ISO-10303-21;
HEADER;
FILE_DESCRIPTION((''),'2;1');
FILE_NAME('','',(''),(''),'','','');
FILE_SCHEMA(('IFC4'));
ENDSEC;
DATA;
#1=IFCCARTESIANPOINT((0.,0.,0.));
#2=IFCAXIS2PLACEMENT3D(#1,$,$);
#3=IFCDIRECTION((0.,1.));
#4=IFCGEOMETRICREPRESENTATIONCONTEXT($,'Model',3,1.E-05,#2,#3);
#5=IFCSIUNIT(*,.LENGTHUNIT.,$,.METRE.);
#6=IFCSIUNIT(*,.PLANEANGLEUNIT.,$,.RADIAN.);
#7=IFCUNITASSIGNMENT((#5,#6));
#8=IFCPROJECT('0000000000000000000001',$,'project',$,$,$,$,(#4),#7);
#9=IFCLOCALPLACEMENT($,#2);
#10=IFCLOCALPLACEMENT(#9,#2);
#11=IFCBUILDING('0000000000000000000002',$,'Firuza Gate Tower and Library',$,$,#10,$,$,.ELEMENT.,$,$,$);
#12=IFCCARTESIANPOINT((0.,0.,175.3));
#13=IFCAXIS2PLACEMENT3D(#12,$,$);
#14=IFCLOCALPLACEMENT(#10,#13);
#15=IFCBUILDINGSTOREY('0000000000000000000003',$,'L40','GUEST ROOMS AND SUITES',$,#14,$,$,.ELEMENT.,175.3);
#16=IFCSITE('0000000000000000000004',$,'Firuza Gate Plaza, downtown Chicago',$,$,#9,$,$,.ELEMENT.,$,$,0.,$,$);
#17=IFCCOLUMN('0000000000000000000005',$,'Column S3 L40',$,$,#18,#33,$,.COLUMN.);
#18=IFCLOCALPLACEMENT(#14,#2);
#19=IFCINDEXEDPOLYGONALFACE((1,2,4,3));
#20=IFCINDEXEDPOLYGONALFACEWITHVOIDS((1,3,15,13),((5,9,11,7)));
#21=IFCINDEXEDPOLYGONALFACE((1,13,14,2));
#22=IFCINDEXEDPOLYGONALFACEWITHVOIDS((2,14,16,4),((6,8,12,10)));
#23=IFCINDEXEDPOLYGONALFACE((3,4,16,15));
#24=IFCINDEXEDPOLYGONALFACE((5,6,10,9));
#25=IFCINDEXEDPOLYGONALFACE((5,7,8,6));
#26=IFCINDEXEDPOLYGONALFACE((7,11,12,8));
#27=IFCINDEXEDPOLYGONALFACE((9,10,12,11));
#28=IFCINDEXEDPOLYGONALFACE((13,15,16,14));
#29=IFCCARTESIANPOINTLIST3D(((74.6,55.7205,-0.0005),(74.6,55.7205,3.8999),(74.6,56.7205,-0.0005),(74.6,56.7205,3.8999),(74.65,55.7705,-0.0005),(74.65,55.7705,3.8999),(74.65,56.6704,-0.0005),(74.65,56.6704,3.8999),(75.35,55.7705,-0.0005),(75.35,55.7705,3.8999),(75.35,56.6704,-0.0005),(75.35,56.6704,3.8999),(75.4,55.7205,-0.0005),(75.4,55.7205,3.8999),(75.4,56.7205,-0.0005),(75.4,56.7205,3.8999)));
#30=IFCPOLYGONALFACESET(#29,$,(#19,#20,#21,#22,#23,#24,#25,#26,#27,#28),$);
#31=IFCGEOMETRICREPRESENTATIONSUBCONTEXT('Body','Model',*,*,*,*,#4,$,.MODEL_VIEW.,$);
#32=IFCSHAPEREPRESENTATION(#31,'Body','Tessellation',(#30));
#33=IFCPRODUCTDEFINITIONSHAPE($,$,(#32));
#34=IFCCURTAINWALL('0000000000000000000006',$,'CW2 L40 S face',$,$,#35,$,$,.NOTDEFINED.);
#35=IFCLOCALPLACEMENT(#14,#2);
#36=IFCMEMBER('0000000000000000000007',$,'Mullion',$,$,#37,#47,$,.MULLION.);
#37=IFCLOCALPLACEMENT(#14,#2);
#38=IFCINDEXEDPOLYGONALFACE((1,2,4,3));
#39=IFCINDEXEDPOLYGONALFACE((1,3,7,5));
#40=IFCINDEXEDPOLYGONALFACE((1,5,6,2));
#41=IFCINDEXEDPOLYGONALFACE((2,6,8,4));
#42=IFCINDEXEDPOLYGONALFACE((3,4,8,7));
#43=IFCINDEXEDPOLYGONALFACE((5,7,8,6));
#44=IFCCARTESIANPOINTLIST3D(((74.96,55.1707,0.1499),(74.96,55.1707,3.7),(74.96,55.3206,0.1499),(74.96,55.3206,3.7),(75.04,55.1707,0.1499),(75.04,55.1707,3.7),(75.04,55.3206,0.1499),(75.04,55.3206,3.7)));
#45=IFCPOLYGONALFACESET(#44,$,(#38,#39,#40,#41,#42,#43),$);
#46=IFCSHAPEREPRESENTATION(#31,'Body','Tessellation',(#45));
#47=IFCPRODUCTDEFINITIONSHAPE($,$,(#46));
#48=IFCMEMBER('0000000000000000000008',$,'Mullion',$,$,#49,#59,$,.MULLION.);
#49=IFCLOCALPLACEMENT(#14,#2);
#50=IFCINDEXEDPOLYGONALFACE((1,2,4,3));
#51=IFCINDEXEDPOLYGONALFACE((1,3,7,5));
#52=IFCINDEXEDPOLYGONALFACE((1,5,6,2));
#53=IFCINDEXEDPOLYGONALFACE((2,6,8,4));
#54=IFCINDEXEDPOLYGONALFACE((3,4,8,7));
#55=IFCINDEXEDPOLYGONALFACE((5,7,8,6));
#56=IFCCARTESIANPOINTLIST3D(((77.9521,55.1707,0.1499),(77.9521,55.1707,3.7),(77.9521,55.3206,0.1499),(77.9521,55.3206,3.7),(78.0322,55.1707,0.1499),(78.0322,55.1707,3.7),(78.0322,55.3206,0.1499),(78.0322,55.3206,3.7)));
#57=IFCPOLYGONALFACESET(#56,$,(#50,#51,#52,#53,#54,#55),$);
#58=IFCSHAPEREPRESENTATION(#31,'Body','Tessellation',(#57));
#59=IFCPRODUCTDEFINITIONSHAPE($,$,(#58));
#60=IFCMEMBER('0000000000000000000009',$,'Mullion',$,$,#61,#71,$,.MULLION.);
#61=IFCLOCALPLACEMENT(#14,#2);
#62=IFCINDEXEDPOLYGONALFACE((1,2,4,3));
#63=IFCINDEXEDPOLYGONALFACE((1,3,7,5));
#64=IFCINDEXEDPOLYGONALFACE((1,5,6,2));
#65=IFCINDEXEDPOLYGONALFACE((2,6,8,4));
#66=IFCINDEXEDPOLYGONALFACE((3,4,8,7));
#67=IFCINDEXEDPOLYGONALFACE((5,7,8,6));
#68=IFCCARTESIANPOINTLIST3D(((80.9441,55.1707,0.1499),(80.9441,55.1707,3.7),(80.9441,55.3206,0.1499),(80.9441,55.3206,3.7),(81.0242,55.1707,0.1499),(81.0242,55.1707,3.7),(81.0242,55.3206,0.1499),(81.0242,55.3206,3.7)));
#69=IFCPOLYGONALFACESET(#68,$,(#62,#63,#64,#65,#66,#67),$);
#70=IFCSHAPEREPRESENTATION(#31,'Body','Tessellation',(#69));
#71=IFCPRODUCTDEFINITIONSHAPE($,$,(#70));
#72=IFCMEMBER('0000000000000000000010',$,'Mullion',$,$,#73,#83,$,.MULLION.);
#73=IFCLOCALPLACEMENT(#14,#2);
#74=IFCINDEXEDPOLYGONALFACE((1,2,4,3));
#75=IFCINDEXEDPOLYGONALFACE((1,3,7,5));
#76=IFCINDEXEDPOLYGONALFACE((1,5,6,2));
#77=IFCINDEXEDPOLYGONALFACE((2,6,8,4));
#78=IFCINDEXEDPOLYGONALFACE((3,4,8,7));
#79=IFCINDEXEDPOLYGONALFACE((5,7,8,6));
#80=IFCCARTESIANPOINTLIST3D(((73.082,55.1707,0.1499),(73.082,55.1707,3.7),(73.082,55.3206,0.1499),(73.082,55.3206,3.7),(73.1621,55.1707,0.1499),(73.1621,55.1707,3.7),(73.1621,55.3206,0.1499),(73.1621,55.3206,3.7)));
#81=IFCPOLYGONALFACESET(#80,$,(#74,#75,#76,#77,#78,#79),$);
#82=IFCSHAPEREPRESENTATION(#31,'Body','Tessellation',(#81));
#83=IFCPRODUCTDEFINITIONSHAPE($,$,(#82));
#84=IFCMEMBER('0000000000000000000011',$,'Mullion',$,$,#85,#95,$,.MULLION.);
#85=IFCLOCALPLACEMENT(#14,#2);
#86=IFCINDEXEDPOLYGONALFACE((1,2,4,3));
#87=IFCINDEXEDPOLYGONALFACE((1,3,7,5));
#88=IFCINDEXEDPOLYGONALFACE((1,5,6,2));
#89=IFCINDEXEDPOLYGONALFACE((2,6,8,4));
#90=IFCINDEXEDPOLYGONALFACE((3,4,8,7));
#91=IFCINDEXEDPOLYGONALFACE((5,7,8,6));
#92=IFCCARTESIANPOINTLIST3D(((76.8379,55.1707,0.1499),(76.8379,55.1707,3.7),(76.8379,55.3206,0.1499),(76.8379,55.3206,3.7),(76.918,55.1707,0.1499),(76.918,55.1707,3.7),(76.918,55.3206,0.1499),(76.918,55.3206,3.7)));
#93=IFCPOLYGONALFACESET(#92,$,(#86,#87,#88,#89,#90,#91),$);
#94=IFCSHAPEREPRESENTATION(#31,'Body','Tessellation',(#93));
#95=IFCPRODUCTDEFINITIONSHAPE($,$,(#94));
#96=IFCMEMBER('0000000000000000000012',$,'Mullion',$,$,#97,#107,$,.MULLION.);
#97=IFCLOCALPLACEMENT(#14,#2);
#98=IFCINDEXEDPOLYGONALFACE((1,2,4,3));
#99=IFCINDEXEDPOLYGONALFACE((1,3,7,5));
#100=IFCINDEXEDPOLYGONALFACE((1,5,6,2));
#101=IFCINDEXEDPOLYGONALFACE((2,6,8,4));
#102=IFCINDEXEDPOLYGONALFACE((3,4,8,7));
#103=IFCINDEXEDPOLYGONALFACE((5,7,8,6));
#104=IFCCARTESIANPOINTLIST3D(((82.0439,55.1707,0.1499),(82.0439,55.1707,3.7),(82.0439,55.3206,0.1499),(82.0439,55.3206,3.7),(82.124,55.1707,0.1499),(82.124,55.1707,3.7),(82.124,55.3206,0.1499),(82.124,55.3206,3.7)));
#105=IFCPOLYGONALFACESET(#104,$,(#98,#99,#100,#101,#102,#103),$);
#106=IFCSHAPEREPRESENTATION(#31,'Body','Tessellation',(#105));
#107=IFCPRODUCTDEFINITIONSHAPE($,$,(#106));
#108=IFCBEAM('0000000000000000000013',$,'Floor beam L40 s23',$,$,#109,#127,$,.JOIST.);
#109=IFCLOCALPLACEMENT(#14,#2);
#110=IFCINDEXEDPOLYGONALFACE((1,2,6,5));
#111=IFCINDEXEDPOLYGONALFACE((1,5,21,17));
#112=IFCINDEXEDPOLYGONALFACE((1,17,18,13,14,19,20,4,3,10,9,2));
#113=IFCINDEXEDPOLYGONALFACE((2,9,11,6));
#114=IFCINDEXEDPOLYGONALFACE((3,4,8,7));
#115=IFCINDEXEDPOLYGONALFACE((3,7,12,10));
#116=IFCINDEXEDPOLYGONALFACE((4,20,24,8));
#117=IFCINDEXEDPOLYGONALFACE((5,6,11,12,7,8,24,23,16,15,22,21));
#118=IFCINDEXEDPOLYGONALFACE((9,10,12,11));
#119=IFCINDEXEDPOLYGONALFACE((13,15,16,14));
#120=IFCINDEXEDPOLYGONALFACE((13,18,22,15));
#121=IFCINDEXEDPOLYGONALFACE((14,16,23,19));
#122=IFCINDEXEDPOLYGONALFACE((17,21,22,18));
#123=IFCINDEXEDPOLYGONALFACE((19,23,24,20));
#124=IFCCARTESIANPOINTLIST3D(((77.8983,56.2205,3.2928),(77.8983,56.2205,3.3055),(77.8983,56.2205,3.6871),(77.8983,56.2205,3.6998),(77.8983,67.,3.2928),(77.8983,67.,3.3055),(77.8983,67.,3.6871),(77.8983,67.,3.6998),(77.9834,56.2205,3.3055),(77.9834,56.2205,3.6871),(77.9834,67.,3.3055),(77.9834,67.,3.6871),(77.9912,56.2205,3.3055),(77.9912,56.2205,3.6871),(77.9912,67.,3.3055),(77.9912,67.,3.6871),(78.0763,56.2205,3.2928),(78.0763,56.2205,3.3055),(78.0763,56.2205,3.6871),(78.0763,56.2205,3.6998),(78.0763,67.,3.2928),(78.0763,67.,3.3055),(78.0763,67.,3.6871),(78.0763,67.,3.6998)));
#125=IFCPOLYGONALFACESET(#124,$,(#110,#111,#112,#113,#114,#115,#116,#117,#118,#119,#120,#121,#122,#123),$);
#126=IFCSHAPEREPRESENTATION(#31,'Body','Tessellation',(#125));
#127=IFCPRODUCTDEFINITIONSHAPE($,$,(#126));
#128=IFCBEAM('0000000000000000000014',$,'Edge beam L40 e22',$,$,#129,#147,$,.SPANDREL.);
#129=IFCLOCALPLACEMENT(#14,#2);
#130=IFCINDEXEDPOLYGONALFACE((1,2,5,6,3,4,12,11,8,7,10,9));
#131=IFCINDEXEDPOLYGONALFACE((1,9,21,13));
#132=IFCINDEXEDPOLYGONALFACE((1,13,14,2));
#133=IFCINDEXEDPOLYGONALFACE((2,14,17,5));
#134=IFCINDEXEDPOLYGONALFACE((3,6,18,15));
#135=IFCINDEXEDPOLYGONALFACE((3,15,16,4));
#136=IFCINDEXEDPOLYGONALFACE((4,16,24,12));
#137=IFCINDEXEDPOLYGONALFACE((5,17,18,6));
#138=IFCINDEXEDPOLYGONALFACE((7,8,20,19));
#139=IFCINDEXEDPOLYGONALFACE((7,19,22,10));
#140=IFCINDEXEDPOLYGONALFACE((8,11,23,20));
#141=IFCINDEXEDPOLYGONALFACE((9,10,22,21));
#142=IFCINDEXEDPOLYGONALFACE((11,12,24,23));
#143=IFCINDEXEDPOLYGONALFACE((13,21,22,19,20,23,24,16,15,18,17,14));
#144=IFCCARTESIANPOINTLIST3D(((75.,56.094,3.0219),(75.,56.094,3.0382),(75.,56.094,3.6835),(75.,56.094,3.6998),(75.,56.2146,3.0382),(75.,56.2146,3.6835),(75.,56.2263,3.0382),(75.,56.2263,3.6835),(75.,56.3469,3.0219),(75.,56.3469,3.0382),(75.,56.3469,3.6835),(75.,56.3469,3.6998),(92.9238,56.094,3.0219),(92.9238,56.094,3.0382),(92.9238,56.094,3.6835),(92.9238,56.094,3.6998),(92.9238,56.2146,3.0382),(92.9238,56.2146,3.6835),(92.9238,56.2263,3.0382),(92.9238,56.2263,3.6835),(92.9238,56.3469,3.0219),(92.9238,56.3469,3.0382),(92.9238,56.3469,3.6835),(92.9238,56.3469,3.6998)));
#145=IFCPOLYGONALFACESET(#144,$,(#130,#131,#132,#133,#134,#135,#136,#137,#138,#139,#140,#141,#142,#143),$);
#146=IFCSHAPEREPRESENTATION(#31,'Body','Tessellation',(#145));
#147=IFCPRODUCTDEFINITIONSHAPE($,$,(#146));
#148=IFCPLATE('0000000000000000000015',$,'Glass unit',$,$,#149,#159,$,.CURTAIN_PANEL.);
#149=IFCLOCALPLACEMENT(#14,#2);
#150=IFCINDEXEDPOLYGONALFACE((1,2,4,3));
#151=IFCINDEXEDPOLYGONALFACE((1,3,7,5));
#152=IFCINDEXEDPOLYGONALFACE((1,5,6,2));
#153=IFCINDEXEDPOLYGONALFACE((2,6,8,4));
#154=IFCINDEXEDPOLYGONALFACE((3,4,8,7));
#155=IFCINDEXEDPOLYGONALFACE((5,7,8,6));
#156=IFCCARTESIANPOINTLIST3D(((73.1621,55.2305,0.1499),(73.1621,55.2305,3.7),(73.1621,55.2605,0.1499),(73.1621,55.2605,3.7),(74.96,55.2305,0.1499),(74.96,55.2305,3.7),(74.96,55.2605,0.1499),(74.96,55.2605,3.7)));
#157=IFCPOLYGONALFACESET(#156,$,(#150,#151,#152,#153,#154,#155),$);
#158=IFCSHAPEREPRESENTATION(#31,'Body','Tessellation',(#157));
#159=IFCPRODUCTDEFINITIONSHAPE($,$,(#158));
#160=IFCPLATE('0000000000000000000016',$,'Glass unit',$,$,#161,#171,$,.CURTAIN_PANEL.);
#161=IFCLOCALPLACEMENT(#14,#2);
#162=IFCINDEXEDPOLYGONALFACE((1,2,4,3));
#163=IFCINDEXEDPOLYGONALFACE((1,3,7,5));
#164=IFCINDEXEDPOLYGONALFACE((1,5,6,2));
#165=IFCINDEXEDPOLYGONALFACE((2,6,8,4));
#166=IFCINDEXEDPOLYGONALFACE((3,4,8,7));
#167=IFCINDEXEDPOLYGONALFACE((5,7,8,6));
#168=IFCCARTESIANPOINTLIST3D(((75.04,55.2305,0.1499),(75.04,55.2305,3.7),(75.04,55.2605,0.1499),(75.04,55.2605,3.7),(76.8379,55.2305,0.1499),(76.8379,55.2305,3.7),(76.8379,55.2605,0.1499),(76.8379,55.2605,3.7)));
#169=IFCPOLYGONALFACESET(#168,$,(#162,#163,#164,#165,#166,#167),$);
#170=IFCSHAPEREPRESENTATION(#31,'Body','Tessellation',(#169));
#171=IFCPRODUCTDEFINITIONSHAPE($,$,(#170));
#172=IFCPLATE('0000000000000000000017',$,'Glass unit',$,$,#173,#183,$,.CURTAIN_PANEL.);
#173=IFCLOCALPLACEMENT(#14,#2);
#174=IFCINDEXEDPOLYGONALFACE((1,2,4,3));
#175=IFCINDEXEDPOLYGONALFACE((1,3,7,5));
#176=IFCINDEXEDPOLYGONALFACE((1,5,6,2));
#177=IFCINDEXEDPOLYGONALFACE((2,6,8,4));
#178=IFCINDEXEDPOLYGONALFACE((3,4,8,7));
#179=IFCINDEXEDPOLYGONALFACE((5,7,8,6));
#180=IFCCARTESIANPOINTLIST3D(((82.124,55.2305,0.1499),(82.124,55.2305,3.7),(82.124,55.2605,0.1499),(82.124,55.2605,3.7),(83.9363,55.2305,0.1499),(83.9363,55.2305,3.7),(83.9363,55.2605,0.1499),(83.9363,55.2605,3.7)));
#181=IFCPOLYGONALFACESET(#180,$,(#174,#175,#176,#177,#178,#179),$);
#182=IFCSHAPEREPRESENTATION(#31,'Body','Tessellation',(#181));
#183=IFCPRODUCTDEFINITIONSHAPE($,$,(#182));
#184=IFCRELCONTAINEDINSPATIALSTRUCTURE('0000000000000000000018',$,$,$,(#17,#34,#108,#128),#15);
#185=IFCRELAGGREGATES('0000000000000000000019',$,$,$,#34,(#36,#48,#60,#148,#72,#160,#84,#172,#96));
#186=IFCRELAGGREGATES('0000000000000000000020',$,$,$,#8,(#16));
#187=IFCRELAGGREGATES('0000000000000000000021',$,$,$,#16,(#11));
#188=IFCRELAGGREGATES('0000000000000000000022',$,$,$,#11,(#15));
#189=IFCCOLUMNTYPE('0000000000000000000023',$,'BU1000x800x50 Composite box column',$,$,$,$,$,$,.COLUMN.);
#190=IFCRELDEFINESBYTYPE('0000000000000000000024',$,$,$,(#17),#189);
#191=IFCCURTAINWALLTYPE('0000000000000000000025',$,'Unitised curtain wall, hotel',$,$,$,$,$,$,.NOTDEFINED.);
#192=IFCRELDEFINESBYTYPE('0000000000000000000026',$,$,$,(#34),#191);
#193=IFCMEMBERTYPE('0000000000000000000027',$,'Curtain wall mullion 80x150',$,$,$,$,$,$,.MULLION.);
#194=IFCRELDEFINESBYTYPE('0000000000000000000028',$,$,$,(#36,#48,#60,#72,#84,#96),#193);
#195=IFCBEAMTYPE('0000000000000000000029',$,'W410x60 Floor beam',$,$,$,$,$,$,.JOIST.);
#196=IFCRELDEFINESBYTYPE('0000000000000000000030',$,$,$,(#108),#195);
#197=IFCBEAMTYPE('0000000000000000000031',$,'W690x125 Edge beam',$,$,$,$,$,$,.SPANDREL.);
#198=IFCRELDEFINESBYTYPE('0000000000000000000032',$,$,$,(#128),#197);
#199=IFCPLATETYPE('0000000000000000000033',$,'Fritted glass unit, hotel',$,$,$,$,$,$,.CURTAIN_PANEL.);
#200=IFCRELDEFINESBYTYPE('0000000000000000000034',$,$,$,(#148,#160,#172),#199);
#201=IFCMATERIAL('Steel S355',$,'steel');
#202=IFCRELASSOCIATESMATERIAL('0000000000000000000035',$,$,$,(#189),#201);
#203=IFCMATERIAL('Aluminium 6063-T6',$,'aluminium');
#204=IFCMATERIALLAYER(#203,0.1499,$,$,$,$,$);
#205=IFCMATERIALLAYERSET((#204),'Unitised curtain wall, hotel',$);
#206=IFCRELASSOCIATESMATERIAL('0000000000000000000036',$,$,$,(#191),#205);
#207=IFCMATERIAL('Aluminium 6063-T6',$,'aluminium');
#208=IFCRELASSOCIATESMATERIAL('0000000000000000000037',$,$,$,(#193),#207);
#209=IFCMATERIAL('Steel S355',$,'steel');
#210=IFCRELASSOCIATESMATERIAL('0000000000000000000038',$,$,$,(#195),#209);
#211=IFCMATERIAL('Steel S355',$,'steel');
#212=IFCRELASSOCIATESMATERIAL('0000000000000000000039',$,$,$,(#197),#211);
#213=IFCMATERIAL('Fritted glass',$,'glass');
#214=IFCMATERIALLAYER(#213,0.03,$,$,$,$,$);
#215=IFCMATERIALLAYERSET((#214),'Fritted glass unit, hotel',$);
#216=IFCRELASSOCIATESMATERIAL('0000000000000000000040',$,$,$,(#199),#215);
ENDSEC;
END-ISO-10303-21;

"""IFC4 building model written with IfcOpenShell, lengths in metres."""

from ifc_helpers import new_model, si_unit, direction, frame, origin, origin_2d, place, context, subcontext, project, spatial, polyline, rectangle, hollow_rectangle, i_section, outline, extrude, material, layer, layer_set, material_profile, profile_set, type_object, element, aggregate, save


model = new_model("IFC4")

# Units and contexts
model_context = context("Model", 3, precision=1e-05, world=origin(), true_north=direction((0.0, 1.0)))
body_context = subcontext(model_context, "Body", "Model", "MODEL_VIEW")
ifc_project = project(units=[si_unit("LENGTHUNIT", "METRE"), si_unit("PLANEANGLEUNIT", "RADIAN")], contexts=[model_context])

# Site, building, storey
site_placement = place(None, origin())
site = spatial("IfcSite", under=ifc_project, at=site_placement, Name="Firuza Gate Plaza, downtown Chicago", CompositionType="ELEMENT", RefElevation=0.0)
building_placement = place(site_placement, origin())
building = spatial("IfcBuilding", under=site, at=building_placement, Name="Firuza Gate Tower and Library", CompositionType="ELEMENT")
storey_placement = place(building_placement, frame((0.0, 0.0, 175.3)))
storey = spatial("IfcBuildingStorey", under=building, at=storey_placement, Name="L40", Description="GUEST ROOMS AND SUITES", CompositionType="ELEMENT", Elevation=175.3)

# Column
ifc_material_1 = material(Name="Steel S355", Category="steel")
ifc_material_profile_1 = material_profile(ifc_material_1, hollow_rectangle(XDim=0.8, YDim=1.0, WallThickness=0.05, at=origin_2d()))
ifc_profile_set_1 = profile_set([ifc_material_profile_1], Name="Steel S355")
column_type = type_object("IfcColumnType", Name="BU1000x800x50 Composite box column", PredefinedType="COLUMN", material=ifc_profile_set_1)
column_placement = place(storey_placement, frame((75.0, 56.2205, -0.0005), z_axis=(0.0, 0.0, 1.0), x_axis=(1.0, 0.0, 0.0)))
element("IfcColumn", 1, at=column_placement, inside=storey, type_object=column_type, Name="Column S3 L40", PredefinedType="COLUMN", context=body_context, shape_type="SweptSolid", body=[
    extrude(hollow_rectangle(XDim=0.8, YDim=1.0, WallThickness=0.05, at=origin_2d()), origin(), (0.0, 0.0, 1.0), 3.9004),
])

# Curtain wall, members
ifc_material_2 = material(Name="Aluminium 6063-T6", Category="aluminium")
ifc_layer_1 = layer(ifc_material_2, 0.1499)
ifc_layer_set_1 = layer_set([ifc_layer_1], Name="Unitised curtain wall, hotel")
curtain_wall_type = type_object("IfcCurtainWallType", Name="Unitised curtain wall, hotel", PredefinedType="NOTDEFINED", material=ifc_layer_set_1)
curtain_wall_placement = place(storey_placement, origin())
curtain_wall = element("IfcCurtainWall", 2, at=curtain_wall_placement, inside=storey, type_object=curtain_wall_type, Name="CW2 L40 S face", PredefinedType="NOTDEFINED")
ifc_material_3 = material(Name="Aluminium 6063-T6", Category="aluminium")
ifc_material_profile_2 = material_profile(ifc_material_3, rectangle(XDim=0.1499, YDim=0.0801, at=origin_2d()))
ifc_profile_set_2 = profile_set([ifc_material_profile_2], Name="Aluminium 6063-T6")
member_type = type_object("IfcMemberType", Name="Curtain wall mullion 80x150", PredefinedType="MULLION", material=ifc_profile_set_2)
member_1_placement = place(storey_placement, frame((75.0, 55.2456, 0.1499), z_axis=(0.0, 0.0, 1.0), x_axis=(0.0, 1.0, 0.0)))
member_1 = element("IfcMember", 3, at=member_1_placement, type_object=member_type, Name="Mullion", PredefinedType="MULLION", context=body_context, shape_type="SweptSolid", body=[
    extrude(rectangle(XDim=0.1499, YDim=0.0801, at=origin_2d()), origin(), (0.0, 0.0, 1.0), 3.55),
])
member_2_placement = place(storey_placement, frame((77.9922, 55.2456, 0.1499), z_axis=(0.0, 0.0, 1.0), x_axis=(0.0, 1.0, 0.0)))
member_2 = element("IfcMember", 4, at=member_2_placement, type_object=member_type, Name="Mullion", PredefinedType="MULLION", context=body_context, shape_type="SweptSolid", body=[
    extrude(rectangle(XDim=0.1499, YDim=0.0801, at=origin_2d()), origin(), (0.0, 0.0, 1.0), 3.55),
])
member_3_placement = place(storey_placement, frame((80.9841, 55.2456, 0.1499), z_axis=(0.0, 0.0, 1.0), x_axis=(0.0, 1.0, 0.0)))
member_3 = element("IfcMember", 5, at=member_3_placement, type_object=member_type, Name="Mullion", PredefinedType="MULLION", context=body_context, shape_type="SweptSolid", body=[
    extrude(rectangle(XDim=0.1499, YDim=0.0801, at=origin_2d()), origin(), (0.0, 0.0, 1.0), 3.55),
])
member_4_placement = place(storey_placement, frame((73.1221, 55.2456, 0.1499), z_axis=(0.0, 0.0, 1.0), x_axis=(0.0, 1.0, 0.0)))
member_4 = element("IfcMember", 6, at=member_4_placement, type_object=member_type, Name="Mullion", PredefinedType="MULLION", context=body_context, shape_type="SweptSolid", body=[
    extrude(rectangle(XDim=0.1499, YDim=0.0801, at=origin_2d()), origin(), (0.0, 0.0, 1.0), 3.55),
])
member_5_placement = place(storey_placement, frame((76.8779, 55.2456, 0.1499), z_axis=(0.0, 0.0, 1.0), x_axis=(0.0, 1.0, 0.0)))
member_5 = element("IfcMember", 7, at=member_5_placement, type_object=member_type, Name="Mullion", PredefinedType="MULLION", context=body_context, shape_type="SweptSolid", body=[
    extrude(rectangle(XDim=0.1499, YDim=0.0801, at=origin_2d()), origin(), (0.0, 0.0, 1.0), 3.55),
])
member_6_placement = place(storey_placement, frame((82.084, 55.2456, 0.1499), z_axis=(0.0, 0.0, 1.0), x_axis=(0.0, 1.0, 0.0)))
member_6 = element("IfcMember", 8, at=member_6_placement, type_object=member_type, Name="Mullion", PredefinedType="MULLION", context=body_context, shape_type="SweptSolid", body=[
    extrude(rectangle(XDim=0.1499, YDim=0.0801, at=origin_2d()), origin(), (0.0, 0.0, 1.0), 3.55),
])

# Beams
ifc_material_4 = material(Name="Steel S355", Category="steel")
ifc_material_profile_3 = material_profile(ifc_material_4, i_section(OverallWidth=0.178, OverallDepth=0.407, WebThickness=0.0078, FlangeThickness=0.0127, at=origin_2d()))
ifc_profile_set_3 = profile_set([ifc_material_profile_3], Name="Steel S355")
beam_type_1 = type_object("IfcBeamType", Name="W410x60 Floor beam", PredefinedType="JOIST", material=ifc_profile_set_3)
beam_1_placement = place(storey_placement, frame((77.9873, 56.2205, 3.4963), z_axis=(0.0, 1.0, 0.0), x_axis=(-1.0, 0.0, 0.0)))
element("IfcBeam", 9, at=beam_1_placement, inside=storey, type_object=beam_type_1, Name="Floor beam L40 s23", PredefinedType="JOIST", context=body_context, shape_type="SweptSolid", body=[
    extrude(i_section(OverallWidth=0.178, OverallDepth=0.407, WebThickness=0.0078, FlangeThickness=0.0127, at=origin_2d()), origin(), (0.0, 0.0, 1.0), 10.7795),
])
ifc_material_5 = material(Name="Steel S355", Category="steel")
ifc_material_profile_4 = material_profile(ifc_material_5, i_section(OverallWidth=0.2529, OverallDepth=0.678, WebThickness=0.0117, FlangeThickness=0.0164, at=origin_2d()))
ifc_profile_set_4 = profile_set([ifc_material_profile_4], Name="Steel S355")
beam_type_2 = type_object("IfcBeamType", Name="W690x125 Edge beam", PredefinedType="SPANDREL", material=ifc_profile_set_4)
beam_2_placement = place(storey_placement, frame((75.0, 56.2205, 3.3608), z_axis=(1.0, 0.0, 0.0), x_axis=(0.0, 1.0, 0.0)))
element("IfcBeam", 10, at=beam_2_placement, inside=storey, type_object=beam_type_2, Name="Edge beam L40 e22", PredefinedType="SPANDREL", context=body_context, shape_type="SweptSolid", body=[
    extrude(i_section(OverallWidth=0.2529, OverallDepth=0.678, WebThickness=0.0117, FlangeThickness=0.0164, at=origin_2d()), origin(), (0.0, 0.0, 1.0), 17.9238),
])

# Plates
ifc_material_6 = material(Name="Fritted glass", Category="glass")
ifc_layer_2 = layer(ifc_material_6, 0.03)
ifc_layer_set_2 = layer_set([ifc_layer_2], Name="Fritted glass unit, hotel")
plate_type_1 = type_object("IfcPlateType", Name="Fritted glass unit, hotel", PredefinedType="CURTAIN_PANEL", material=ifc_layer_set_2)
plate_1_placement = place(storey_placement, frame((73.1621, 55.2305, 0.1499), z_axis=(0.0, -1.0, 0.0), x_axis=(1.0, 0.0, 0.0)))
plate_1 = element("IfcPlate", 11, at=plate_1_placement, type_object=plate_type_1, Name="Glass unit", PredefinedType="CURTAIN_PANEL", context=body_context, shape_type="SweptSolid", body=[
    extrude(outline(polyline([(0.0, 0.0), (1.7979, 0.0), (1.7979, 3.55), (0.0, 3.55), (0.0, 0.0)])), origin(), (0.0, 0.0, -1.0), 0.03),
])
plate_2_placement = place(storey_placement, frame((75.04, 55.2305, 0.1499), z_axis=(0.0, -1.0, 0.0), x_axis=(1.0, 0.0, 0.0)))
plate_2 = element("IfcPlate", 12, at=plate_2_placement, type_object=plate_type_1, Name="Glass unit", PredefinedType="CURTAIN_PANEL", context=body_context, shape_type="SweptSolid", body=[
    extrude(outline(polyline([(0.0, 0.0), (1.7979, 0.0), (1.7979, 3.55), (0.0, 3.55), (0.0, 0.0)])), origin(), (0.0, 0.0, -1.0), 0.03),
])
plate_3_placement = place(storey_placement, frame((82.124, 55.2305, 0.1499), z_axis=(0.0, -1.0, 0.0), x_axis=(1.0, 0.0, 0.0)))
plate_3 = element("IfcPlate", 13, at=plate_3_placement, type_object=plate_type_1, Name="Glass unit", PredefinedType="CURTAIN_PANEL", context=body_context, shape_type="SweptSolid", body=[
    extrude(outline(polyline([(0.0, 0.0), (1.8123, 0.0), (1.8123, 3.55), (0.0, 3.55), (0.0, 0.0)])), origin(), (0.0, 0.0, -1.0), 0.03),
])
aggregate(curtain_wall, [member_1, member_2, member_3, plate_1, member_4, plate_2, member_5, plate_3, member_6])

save(model, "model.ifc")
